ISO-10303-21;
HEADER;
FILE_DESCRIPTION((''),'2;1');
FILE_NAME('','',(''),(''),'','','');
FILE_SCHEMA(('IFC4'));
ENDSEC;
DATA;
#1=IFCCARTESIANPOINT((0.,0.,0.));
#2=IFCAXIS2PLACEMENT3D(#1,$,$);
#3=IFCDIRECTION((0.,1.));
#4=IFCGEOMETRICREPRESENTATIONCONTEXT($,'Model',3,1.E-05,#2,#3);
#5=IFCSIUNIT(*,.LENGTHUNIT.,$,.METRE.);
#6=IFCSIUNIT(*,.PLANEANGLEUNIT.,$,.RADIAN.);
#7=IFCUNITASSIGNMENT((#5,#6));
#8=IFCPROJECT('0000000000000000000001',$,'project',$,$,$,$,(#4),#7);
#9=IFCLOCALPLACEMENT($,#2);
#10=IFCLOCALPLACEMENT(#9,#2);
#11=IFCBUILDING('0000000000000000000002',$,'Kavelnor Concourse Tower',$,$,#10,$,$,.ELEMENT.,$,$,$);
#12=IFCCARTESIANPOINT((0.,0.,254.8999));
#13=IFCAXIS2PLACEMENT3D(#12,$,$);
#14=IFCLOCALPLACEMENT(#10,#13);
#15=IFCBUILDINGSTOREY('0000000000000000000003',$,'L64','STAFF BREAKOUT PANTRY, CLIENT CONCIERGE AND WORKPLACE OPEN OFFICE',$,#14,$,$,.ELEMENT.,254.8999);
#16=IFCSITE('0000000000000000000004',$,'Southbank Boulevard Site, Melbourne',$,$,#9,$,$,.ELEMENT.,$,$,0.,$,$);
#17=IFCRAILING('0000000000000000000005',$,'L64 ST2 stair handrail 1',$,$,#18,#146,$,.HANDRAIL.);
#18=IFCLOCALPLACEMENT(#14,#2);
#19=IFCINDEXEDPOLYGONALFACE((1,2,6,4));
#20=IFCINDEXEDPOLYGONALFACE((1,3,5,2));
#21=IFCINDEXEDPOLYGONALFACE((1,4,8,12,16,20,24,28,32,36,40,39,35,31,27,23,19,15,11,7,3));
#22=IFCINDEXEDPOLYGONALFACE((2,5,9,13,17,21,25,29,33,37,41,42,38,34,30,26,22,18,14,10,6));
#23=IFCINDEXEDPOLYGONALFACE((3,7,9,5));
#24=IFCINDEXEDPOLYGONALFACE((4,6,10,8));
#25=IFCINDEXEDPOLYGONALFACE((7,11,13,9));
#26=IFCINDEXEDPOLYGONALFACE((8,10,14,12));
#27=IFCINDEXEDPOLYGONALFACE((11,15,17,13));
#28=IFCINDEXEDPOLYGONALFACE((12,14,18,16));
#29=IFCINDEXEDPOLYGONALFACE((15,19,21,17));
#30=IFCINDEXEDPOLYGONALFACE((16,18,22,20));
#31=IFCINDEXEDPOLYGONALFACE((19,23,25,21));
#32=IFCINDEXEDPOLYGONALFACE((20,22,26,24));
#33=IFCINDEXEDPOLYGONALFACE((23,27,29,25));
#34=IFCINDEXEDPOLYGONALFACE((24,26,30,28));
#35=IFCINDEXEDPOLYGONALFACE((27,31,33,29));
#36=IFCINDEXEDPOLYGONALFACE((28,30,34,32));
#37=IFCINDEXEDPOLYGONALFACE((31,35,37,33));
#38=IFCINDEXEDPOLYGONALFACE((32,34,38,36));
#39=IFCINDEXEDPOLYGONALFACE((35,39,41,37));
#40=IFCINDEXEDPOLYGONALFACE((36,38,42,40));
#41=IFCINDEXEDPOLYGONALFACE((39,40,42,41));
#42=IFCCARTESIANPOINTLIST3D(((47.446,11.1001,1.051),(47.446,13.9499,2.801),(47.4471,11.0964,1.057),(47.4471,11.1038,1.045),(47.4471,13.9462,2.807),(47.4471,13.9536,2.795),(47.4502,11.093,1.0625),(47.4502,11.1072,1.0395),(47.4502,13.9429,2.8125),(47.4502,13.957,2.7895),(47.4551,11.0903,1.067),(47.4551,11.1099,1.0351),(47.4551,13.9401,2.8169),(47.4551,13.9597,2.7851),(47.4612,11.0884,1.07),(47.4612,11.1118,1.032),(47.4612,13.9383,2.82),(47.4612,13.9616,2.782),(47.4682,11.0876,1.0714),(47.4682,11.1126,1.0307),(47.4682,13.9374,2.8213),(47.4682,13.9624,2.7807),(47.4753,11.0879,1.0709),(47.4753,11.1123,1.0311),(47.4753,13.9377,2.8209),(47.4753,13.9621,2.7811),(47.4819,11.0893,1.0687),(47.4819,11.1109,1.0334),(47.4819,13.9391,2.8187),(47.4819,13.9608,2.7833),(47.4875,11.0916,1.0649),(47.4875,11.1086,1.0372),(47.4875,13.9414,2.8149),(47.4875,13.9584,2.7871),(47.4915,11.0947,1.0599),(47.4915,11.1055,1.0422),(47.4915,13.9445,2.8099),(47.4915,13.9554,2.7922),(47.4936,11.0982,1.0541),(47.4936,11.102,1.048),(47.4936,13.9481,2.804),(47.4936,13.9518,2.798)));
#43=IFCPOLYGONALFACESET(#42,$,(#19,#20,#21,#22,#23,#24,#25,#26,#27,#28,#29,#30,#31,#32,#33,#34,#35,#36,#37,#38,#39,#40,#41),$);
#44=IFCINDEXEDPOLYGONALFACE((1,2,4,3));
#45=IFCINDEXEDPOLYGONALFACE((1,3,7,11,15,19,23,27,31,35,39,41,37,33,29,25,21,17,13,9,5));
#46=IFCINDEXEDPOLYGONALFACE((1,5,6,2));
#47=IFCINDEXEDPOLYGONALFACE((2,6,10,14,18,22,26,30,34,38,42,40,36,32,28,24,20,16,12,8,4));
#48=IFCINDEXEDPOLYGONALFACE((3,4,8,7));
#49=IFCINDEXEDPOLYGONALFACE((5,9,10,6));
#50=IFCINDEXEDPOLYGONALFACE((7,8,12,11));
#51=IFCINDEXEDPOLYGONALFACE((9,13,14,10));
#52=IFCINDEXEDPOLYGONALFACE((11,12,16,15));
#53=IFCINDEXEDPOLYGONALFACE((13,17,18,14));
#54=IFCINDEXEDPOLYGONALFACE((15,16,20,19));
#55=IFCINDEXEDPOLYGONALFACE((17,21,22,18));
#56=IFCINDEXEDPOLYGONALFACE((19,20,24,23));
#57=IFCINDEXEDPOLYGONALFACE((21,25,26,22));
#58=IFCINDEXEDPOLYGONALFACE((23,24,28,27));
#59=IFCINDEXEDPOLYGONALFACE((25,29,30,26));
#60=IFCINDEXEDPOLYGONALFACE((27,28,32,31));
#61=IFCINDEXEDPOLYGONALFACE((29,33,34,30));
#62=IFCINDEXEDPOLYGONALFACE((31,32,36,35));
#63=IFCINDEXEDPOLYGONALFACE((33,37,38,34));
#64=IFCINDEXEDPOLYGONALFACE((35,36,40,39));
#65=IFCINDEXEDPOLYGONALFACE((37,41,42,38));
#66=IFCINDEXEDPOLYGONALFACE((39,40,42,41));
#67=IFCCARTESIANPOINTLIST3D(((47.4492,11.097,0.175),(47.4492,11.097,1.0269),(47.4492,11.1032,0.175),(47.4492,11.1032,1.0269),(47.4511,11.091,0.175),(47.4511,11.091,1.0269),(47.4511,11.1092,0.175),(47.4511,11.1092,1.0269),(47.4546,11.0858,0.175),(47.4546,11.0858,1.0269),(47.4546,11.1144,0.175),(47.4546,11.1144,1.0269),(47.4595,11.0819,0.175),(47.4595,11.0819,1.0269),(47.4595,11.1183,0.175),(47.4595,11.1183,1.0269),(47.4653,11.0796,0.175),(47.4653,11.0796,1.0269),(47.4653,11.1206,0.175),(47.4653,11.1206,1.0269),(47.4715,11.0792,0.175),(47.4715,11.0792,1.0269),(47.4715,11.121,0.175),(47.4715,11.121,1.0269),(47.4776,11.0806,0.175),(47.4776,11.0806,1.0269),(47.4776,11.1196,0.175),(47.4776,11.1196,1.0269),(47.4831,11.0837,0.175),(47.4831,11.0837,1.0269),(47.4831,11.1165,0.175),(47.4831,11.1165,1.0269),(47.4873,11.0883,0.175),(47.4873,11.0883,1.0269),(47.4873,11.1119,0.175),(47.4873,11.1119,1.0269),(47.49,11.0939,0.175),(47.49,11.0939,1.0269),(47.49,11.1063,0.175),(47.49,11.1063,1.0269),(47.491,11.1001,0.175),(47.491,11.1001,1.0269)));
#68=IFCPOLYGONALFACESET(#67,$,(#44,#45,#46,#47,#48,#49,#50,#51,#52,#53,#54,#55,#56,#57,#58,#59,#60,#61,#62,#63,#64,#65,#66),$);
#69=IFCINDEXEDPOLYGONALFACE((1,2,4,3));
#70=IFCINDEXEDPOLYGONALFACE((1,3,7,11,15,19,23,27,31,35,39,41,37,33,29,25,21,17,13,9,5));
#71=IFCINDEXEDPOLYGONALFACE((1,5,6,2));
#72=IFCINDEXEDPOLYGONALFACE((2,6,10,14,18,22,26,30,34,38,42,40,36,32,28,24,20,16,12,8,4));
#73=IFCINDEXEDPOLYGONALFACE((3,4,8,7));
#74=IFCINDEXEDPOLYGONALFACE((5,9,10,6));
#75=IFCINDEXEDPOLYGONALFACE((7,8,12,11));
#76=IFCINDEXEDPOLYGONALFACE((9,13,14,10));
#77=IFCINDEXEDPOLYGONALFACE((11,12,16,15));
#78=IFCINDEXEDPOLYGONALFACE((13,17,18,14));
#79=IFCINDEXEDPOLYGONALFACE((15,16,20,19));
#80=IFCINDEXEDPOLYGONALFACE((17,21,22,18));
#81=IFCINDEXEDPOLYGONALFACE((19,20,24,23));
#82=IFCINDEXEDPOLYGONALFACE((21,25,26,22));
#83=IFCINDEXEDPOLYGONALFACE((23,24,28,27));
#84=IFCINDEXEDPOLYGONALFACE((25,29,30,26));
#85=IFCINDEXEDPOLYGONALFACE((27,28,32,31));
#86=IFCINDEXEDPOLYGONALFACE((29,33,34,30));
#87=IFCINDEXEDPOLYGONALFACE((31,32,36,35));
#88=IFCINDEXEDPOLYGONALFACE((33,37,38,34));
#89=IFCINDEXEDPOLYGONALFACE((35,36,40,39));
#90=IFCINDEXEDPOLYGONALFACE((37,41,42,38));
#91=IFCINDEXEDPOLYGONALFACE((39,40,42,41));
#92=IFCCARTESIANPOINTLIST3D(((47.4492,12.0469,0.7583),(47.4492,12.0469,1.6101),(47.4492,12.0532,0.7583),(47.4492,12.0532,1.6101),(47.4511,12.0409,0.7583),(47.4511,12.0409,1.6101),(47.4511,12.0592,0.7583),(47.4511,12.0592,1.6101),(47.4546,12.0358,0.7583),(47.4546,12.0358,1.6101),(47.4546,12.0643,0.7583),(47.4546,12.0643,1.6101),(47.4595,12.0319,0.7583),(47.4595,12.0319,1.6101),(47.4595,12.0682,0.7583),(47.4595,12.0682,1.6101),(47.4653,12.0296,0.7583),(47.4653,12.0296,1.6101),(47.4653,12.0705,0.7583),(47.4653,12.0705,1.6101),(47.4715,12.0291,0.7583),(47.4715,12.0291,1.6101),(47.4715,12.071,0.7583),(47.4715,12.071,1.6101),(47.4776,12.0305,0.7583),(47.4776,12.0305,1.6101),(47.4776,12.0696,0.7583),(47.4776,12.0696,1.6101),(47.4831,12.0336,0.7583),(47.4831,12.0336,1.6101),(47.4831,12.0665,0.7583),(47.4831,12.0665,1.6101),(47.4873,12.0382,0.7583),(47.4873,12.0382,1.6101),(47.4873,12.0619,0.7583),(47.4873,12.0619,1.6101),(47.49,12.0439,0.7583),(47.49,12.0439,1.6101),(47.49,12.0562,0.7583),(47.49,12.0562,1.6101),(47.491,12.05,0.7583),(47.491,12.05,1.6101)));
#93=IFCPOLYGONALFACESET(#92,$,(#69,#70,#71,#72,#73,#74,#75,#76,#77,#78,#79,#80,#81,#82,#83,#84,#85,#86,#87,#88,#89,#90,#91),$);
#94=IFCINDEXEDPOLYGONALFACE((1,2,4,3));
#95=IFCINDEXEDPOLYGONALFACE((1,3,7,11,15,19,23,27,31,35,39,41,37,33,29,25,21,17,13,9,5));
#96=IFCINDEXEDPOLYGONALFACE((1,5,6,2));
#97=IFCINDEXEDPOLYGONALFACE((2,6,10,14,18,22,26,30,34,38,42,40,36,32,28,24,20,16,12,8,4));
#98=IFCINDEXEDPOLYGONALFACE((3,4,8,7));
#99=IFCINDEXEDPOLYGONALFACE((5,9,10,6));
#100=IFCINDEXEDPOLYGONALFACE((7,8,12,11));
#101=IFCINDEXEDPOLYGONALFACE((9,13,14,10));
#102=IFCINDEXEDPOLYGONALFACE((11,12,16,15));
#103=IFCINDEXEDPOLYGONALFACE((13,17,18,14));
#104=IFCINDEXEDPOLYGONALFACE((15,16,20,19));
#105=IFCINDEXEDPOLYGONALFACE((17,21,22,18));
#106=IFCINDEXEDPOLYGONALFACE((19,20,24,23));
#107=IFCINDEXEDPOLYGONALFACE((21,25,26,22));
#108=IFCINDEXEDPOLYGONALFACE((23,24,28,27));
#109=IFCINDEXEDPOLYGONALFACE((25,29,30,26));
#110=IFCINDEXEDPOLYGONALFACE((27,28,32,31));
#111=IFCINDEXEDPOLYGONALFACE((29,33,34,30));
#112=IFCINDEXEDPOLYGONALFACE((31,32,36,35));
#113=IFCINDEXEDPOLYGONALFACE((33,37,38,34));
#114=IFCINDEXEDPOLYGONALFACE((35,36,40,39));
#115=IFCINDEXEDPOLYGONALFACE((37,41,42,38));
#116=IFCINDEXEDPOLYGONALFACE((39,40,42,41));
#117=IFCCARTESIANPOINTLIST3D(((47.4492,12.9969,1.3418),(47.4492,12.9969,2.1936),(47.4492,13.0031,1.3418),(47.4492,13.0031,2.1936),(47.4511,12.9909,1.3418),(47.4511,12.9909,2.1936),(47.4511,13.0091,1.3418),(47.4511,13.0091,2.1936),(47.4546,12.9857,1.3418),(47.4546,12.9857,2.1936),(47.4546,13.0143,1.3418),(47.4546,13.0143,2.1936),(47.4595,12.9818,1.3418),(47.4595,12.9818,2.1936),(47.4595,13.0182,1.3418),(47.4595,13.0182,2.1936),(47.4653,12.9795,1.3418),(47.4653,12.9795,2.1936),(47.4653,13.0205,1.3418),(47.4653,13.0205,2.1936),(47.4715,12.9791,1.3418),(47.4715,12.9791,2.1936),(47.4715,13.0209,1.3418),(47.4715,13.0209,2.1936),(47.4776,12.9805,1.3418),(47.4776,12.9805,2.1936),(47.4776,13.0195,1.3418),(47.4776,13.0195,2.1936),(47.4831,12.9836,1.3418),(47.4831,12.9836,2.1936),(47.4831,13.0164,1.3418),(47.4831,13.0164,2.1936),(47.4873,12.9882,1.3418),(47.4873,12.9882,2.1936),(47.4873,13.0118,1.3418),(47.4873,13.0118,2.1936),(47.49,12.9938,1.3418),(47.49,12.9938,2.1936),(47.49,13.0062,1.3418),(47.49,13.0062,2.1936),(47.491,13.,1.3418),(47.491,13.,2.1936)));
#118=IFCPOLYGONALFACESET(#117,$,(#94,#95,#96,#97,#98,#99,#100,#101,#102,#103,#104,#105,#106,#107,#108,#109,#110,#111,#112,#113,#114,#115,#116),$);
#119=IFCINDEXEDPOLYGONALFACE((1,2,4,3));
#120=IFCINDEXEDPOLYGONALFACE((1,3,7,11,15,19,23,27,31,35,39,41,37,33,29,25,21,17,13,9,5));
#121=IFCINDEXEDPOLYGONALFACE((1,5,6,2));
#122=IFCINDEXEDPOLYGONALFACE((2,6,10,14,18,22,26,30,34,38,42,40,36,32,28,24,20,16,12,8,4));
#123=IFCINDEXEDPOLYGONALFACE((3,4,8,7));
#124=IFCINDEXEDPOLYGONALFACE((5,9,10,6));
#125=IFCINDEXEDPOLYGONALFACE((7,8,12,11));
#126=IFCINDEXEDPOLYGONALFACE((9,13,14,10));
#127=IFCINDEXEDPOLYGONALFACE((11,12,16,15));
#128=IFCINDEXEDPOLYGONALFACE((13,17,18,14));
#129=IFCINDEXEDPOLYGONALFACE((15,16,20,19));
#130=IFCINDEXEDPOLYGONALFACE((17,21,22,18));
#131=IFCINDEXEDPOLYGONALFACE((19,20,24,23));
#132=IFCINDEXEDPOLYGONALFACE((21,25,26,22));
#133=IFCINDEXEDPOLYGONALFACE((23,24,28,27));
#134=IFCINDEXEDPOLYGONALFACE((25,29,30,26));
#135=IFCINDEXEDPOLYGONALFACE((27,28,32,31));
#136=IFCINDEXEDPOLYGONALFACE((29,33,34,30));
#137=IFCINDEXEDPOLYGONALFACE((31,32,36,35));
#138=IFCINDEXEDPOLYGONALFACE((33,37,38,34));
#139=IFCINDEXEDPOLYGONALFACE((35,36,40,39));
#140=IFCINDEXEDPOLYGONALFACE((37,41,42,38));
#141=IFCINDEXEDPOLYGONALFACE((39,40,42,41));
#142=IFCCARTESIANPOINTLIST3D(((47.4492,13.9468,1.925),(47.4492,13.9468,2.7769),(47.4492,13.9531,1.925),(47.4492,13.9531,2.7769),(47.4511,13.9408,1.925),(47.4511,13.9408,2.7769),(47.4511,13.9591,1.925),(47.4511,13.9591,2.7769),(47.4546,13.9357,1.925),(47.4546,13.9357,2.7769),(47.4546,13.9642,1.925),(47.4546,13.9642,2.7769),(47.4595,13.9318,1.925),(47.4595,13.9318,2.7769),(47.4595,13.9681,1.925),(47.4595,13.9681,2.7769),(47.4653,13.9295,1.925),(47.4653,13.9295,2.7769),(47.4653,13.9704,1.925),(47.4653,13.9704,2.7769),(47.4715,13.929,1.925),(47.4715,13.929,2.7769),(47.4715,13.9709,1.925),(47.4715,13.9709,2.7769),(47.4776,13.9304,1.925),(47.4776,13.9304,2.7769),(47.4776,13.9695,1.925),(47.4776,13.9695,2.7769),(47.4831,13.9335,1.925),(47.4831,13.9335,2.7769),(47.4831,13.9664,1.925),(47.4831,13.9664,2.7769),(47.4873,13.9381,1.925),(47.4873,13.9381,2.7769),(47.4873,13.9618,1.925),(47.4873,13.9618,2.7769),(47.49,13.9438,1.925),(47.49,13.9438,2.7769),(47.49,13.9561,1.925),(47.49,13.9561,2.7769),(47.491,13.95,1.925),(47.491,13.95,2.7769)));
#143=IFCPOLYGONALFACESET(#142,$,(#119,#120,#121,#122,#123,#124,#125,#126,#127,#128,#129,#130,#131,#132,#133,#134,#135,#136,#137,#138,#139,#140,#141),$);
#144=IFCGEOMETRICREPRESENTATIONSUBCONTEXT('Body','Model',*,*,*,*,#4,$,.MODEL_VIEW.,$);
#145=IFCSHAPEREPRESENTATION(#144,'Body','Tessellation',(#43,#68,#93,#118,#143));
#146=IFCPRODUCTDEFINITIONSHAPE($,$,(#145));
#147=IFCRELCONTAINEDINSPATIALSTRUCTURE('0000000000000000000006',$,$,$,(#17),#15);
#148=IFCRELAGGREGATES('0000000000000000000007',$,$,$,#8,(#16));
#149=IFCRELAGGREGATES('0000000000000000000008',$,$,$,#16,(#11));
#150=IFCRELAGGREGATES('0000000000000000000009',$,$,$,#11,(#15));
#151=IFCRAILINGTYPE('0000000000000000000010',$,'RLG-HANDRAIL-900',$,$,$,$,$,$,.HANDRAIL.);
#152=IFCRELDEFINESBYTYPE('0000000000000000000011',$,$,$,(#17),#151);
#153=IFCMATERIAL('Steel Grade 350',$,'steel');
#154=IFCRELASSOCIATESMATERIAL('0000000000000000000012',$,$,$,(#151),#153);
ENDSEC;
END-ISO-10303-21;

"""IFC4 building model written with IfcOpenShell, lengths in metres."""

from ifc_helpers import new_model, si_unit, direction, frame, origin, origin_2d, place, context, subcontext, project, spatial, circle, extrude, material, type_object, element, save


model = new_model("IFC4")

# Units and contexts
model_context = context("Model", 3, precision=1e-05, world=origin(), true_north=direction((0.0, 1.0)))
body_context = subcontext(model_context, "Body", "Model", "MODEL_VIEW")
ifc_project = project(units=[si_unit("LENGTHUNIT", "METRE"), si_unit("PLANEANGLEUNIT", "RADIAN")], contexts=[model_context])

# Site, building, storey
site_placement = place(None, origin())
site = spatial("IfcSite", under=ifc_project, at=site_placement, Name="Southbank Boulevard Site, Melbourne", CompositionType="ELEMENT", RefElevation=0.0)
building_placement = place(site_placement, origin())
building = spatial("IfcBuilding", under=site, at=building_placement, Name="Kavelnor Concourse Tower", CompositionType="ELEMENT")
storey_placement = place(building_placement, frame((0.0, 0.0, 254.8999)))
storey = spatial("IfcBuildingStorey", under=building, at=storey_placement, Name="L64", Description="STAFF BREAKOUT PANTRY, CLIENT CONCIERGE AND WORKPLACE OPEN OFFICE", CompositionType="ELEMENT", Elevation=254.8999)

# Shared definitions
ifc_material_1 = material(Name="Steel Grade 350", Category="steel")

# Railing
railing_type_1 = type_object("IfcRailingType", Name="RLG-HANDRAIL-900", PredefinedType="HANDRAIL", material=ifc_material_1)
railing_1_placement = place(storey_placement, frame((47.47, 11.1001, 0.175)))
element("IfcRailing", 1, at=railing_1_placement, inside=storey, type_object=railing_type_1, Name="L64 ST2 stair handrail 1", PredefinedType="HANDRAIL", context=body_context, shape_type="SweptSolid", body=[
    extrude(circle(Radius=0.0239, at=origin_2d()), frame((0.0, 0.0, 0.876), z_axis=(0.0, 0.852159, 0.523283), x_axis=(-1.0, 0.0, 0.0)), (0.0, 0.0, 1.0), 3.3442),
    extrude(circle(Radius=0.021, at=origin_2d()), origin(), (0.0, 0.0, 1.0), 0.8518),
    extrude(circle(Radius=0.021, at=origin_2d()), frame((0.0, 0.95, 0.5833)), (0.0, 0.0, 1.0), 0.8518),
    extrude(circle(Radius=0.021, at=origin_2d()), frame((0.0, 1.8999, 1.1667)), (0.0, 0.0, 1.0), 0.8518),
    extrude(circle(Radius=0.021, at=origin_2d()), frame((0.0, 2.8499, 1.75)), (0.0, 0.0, 1.0), 0.8518),
])

save(model, "model.ifc")
